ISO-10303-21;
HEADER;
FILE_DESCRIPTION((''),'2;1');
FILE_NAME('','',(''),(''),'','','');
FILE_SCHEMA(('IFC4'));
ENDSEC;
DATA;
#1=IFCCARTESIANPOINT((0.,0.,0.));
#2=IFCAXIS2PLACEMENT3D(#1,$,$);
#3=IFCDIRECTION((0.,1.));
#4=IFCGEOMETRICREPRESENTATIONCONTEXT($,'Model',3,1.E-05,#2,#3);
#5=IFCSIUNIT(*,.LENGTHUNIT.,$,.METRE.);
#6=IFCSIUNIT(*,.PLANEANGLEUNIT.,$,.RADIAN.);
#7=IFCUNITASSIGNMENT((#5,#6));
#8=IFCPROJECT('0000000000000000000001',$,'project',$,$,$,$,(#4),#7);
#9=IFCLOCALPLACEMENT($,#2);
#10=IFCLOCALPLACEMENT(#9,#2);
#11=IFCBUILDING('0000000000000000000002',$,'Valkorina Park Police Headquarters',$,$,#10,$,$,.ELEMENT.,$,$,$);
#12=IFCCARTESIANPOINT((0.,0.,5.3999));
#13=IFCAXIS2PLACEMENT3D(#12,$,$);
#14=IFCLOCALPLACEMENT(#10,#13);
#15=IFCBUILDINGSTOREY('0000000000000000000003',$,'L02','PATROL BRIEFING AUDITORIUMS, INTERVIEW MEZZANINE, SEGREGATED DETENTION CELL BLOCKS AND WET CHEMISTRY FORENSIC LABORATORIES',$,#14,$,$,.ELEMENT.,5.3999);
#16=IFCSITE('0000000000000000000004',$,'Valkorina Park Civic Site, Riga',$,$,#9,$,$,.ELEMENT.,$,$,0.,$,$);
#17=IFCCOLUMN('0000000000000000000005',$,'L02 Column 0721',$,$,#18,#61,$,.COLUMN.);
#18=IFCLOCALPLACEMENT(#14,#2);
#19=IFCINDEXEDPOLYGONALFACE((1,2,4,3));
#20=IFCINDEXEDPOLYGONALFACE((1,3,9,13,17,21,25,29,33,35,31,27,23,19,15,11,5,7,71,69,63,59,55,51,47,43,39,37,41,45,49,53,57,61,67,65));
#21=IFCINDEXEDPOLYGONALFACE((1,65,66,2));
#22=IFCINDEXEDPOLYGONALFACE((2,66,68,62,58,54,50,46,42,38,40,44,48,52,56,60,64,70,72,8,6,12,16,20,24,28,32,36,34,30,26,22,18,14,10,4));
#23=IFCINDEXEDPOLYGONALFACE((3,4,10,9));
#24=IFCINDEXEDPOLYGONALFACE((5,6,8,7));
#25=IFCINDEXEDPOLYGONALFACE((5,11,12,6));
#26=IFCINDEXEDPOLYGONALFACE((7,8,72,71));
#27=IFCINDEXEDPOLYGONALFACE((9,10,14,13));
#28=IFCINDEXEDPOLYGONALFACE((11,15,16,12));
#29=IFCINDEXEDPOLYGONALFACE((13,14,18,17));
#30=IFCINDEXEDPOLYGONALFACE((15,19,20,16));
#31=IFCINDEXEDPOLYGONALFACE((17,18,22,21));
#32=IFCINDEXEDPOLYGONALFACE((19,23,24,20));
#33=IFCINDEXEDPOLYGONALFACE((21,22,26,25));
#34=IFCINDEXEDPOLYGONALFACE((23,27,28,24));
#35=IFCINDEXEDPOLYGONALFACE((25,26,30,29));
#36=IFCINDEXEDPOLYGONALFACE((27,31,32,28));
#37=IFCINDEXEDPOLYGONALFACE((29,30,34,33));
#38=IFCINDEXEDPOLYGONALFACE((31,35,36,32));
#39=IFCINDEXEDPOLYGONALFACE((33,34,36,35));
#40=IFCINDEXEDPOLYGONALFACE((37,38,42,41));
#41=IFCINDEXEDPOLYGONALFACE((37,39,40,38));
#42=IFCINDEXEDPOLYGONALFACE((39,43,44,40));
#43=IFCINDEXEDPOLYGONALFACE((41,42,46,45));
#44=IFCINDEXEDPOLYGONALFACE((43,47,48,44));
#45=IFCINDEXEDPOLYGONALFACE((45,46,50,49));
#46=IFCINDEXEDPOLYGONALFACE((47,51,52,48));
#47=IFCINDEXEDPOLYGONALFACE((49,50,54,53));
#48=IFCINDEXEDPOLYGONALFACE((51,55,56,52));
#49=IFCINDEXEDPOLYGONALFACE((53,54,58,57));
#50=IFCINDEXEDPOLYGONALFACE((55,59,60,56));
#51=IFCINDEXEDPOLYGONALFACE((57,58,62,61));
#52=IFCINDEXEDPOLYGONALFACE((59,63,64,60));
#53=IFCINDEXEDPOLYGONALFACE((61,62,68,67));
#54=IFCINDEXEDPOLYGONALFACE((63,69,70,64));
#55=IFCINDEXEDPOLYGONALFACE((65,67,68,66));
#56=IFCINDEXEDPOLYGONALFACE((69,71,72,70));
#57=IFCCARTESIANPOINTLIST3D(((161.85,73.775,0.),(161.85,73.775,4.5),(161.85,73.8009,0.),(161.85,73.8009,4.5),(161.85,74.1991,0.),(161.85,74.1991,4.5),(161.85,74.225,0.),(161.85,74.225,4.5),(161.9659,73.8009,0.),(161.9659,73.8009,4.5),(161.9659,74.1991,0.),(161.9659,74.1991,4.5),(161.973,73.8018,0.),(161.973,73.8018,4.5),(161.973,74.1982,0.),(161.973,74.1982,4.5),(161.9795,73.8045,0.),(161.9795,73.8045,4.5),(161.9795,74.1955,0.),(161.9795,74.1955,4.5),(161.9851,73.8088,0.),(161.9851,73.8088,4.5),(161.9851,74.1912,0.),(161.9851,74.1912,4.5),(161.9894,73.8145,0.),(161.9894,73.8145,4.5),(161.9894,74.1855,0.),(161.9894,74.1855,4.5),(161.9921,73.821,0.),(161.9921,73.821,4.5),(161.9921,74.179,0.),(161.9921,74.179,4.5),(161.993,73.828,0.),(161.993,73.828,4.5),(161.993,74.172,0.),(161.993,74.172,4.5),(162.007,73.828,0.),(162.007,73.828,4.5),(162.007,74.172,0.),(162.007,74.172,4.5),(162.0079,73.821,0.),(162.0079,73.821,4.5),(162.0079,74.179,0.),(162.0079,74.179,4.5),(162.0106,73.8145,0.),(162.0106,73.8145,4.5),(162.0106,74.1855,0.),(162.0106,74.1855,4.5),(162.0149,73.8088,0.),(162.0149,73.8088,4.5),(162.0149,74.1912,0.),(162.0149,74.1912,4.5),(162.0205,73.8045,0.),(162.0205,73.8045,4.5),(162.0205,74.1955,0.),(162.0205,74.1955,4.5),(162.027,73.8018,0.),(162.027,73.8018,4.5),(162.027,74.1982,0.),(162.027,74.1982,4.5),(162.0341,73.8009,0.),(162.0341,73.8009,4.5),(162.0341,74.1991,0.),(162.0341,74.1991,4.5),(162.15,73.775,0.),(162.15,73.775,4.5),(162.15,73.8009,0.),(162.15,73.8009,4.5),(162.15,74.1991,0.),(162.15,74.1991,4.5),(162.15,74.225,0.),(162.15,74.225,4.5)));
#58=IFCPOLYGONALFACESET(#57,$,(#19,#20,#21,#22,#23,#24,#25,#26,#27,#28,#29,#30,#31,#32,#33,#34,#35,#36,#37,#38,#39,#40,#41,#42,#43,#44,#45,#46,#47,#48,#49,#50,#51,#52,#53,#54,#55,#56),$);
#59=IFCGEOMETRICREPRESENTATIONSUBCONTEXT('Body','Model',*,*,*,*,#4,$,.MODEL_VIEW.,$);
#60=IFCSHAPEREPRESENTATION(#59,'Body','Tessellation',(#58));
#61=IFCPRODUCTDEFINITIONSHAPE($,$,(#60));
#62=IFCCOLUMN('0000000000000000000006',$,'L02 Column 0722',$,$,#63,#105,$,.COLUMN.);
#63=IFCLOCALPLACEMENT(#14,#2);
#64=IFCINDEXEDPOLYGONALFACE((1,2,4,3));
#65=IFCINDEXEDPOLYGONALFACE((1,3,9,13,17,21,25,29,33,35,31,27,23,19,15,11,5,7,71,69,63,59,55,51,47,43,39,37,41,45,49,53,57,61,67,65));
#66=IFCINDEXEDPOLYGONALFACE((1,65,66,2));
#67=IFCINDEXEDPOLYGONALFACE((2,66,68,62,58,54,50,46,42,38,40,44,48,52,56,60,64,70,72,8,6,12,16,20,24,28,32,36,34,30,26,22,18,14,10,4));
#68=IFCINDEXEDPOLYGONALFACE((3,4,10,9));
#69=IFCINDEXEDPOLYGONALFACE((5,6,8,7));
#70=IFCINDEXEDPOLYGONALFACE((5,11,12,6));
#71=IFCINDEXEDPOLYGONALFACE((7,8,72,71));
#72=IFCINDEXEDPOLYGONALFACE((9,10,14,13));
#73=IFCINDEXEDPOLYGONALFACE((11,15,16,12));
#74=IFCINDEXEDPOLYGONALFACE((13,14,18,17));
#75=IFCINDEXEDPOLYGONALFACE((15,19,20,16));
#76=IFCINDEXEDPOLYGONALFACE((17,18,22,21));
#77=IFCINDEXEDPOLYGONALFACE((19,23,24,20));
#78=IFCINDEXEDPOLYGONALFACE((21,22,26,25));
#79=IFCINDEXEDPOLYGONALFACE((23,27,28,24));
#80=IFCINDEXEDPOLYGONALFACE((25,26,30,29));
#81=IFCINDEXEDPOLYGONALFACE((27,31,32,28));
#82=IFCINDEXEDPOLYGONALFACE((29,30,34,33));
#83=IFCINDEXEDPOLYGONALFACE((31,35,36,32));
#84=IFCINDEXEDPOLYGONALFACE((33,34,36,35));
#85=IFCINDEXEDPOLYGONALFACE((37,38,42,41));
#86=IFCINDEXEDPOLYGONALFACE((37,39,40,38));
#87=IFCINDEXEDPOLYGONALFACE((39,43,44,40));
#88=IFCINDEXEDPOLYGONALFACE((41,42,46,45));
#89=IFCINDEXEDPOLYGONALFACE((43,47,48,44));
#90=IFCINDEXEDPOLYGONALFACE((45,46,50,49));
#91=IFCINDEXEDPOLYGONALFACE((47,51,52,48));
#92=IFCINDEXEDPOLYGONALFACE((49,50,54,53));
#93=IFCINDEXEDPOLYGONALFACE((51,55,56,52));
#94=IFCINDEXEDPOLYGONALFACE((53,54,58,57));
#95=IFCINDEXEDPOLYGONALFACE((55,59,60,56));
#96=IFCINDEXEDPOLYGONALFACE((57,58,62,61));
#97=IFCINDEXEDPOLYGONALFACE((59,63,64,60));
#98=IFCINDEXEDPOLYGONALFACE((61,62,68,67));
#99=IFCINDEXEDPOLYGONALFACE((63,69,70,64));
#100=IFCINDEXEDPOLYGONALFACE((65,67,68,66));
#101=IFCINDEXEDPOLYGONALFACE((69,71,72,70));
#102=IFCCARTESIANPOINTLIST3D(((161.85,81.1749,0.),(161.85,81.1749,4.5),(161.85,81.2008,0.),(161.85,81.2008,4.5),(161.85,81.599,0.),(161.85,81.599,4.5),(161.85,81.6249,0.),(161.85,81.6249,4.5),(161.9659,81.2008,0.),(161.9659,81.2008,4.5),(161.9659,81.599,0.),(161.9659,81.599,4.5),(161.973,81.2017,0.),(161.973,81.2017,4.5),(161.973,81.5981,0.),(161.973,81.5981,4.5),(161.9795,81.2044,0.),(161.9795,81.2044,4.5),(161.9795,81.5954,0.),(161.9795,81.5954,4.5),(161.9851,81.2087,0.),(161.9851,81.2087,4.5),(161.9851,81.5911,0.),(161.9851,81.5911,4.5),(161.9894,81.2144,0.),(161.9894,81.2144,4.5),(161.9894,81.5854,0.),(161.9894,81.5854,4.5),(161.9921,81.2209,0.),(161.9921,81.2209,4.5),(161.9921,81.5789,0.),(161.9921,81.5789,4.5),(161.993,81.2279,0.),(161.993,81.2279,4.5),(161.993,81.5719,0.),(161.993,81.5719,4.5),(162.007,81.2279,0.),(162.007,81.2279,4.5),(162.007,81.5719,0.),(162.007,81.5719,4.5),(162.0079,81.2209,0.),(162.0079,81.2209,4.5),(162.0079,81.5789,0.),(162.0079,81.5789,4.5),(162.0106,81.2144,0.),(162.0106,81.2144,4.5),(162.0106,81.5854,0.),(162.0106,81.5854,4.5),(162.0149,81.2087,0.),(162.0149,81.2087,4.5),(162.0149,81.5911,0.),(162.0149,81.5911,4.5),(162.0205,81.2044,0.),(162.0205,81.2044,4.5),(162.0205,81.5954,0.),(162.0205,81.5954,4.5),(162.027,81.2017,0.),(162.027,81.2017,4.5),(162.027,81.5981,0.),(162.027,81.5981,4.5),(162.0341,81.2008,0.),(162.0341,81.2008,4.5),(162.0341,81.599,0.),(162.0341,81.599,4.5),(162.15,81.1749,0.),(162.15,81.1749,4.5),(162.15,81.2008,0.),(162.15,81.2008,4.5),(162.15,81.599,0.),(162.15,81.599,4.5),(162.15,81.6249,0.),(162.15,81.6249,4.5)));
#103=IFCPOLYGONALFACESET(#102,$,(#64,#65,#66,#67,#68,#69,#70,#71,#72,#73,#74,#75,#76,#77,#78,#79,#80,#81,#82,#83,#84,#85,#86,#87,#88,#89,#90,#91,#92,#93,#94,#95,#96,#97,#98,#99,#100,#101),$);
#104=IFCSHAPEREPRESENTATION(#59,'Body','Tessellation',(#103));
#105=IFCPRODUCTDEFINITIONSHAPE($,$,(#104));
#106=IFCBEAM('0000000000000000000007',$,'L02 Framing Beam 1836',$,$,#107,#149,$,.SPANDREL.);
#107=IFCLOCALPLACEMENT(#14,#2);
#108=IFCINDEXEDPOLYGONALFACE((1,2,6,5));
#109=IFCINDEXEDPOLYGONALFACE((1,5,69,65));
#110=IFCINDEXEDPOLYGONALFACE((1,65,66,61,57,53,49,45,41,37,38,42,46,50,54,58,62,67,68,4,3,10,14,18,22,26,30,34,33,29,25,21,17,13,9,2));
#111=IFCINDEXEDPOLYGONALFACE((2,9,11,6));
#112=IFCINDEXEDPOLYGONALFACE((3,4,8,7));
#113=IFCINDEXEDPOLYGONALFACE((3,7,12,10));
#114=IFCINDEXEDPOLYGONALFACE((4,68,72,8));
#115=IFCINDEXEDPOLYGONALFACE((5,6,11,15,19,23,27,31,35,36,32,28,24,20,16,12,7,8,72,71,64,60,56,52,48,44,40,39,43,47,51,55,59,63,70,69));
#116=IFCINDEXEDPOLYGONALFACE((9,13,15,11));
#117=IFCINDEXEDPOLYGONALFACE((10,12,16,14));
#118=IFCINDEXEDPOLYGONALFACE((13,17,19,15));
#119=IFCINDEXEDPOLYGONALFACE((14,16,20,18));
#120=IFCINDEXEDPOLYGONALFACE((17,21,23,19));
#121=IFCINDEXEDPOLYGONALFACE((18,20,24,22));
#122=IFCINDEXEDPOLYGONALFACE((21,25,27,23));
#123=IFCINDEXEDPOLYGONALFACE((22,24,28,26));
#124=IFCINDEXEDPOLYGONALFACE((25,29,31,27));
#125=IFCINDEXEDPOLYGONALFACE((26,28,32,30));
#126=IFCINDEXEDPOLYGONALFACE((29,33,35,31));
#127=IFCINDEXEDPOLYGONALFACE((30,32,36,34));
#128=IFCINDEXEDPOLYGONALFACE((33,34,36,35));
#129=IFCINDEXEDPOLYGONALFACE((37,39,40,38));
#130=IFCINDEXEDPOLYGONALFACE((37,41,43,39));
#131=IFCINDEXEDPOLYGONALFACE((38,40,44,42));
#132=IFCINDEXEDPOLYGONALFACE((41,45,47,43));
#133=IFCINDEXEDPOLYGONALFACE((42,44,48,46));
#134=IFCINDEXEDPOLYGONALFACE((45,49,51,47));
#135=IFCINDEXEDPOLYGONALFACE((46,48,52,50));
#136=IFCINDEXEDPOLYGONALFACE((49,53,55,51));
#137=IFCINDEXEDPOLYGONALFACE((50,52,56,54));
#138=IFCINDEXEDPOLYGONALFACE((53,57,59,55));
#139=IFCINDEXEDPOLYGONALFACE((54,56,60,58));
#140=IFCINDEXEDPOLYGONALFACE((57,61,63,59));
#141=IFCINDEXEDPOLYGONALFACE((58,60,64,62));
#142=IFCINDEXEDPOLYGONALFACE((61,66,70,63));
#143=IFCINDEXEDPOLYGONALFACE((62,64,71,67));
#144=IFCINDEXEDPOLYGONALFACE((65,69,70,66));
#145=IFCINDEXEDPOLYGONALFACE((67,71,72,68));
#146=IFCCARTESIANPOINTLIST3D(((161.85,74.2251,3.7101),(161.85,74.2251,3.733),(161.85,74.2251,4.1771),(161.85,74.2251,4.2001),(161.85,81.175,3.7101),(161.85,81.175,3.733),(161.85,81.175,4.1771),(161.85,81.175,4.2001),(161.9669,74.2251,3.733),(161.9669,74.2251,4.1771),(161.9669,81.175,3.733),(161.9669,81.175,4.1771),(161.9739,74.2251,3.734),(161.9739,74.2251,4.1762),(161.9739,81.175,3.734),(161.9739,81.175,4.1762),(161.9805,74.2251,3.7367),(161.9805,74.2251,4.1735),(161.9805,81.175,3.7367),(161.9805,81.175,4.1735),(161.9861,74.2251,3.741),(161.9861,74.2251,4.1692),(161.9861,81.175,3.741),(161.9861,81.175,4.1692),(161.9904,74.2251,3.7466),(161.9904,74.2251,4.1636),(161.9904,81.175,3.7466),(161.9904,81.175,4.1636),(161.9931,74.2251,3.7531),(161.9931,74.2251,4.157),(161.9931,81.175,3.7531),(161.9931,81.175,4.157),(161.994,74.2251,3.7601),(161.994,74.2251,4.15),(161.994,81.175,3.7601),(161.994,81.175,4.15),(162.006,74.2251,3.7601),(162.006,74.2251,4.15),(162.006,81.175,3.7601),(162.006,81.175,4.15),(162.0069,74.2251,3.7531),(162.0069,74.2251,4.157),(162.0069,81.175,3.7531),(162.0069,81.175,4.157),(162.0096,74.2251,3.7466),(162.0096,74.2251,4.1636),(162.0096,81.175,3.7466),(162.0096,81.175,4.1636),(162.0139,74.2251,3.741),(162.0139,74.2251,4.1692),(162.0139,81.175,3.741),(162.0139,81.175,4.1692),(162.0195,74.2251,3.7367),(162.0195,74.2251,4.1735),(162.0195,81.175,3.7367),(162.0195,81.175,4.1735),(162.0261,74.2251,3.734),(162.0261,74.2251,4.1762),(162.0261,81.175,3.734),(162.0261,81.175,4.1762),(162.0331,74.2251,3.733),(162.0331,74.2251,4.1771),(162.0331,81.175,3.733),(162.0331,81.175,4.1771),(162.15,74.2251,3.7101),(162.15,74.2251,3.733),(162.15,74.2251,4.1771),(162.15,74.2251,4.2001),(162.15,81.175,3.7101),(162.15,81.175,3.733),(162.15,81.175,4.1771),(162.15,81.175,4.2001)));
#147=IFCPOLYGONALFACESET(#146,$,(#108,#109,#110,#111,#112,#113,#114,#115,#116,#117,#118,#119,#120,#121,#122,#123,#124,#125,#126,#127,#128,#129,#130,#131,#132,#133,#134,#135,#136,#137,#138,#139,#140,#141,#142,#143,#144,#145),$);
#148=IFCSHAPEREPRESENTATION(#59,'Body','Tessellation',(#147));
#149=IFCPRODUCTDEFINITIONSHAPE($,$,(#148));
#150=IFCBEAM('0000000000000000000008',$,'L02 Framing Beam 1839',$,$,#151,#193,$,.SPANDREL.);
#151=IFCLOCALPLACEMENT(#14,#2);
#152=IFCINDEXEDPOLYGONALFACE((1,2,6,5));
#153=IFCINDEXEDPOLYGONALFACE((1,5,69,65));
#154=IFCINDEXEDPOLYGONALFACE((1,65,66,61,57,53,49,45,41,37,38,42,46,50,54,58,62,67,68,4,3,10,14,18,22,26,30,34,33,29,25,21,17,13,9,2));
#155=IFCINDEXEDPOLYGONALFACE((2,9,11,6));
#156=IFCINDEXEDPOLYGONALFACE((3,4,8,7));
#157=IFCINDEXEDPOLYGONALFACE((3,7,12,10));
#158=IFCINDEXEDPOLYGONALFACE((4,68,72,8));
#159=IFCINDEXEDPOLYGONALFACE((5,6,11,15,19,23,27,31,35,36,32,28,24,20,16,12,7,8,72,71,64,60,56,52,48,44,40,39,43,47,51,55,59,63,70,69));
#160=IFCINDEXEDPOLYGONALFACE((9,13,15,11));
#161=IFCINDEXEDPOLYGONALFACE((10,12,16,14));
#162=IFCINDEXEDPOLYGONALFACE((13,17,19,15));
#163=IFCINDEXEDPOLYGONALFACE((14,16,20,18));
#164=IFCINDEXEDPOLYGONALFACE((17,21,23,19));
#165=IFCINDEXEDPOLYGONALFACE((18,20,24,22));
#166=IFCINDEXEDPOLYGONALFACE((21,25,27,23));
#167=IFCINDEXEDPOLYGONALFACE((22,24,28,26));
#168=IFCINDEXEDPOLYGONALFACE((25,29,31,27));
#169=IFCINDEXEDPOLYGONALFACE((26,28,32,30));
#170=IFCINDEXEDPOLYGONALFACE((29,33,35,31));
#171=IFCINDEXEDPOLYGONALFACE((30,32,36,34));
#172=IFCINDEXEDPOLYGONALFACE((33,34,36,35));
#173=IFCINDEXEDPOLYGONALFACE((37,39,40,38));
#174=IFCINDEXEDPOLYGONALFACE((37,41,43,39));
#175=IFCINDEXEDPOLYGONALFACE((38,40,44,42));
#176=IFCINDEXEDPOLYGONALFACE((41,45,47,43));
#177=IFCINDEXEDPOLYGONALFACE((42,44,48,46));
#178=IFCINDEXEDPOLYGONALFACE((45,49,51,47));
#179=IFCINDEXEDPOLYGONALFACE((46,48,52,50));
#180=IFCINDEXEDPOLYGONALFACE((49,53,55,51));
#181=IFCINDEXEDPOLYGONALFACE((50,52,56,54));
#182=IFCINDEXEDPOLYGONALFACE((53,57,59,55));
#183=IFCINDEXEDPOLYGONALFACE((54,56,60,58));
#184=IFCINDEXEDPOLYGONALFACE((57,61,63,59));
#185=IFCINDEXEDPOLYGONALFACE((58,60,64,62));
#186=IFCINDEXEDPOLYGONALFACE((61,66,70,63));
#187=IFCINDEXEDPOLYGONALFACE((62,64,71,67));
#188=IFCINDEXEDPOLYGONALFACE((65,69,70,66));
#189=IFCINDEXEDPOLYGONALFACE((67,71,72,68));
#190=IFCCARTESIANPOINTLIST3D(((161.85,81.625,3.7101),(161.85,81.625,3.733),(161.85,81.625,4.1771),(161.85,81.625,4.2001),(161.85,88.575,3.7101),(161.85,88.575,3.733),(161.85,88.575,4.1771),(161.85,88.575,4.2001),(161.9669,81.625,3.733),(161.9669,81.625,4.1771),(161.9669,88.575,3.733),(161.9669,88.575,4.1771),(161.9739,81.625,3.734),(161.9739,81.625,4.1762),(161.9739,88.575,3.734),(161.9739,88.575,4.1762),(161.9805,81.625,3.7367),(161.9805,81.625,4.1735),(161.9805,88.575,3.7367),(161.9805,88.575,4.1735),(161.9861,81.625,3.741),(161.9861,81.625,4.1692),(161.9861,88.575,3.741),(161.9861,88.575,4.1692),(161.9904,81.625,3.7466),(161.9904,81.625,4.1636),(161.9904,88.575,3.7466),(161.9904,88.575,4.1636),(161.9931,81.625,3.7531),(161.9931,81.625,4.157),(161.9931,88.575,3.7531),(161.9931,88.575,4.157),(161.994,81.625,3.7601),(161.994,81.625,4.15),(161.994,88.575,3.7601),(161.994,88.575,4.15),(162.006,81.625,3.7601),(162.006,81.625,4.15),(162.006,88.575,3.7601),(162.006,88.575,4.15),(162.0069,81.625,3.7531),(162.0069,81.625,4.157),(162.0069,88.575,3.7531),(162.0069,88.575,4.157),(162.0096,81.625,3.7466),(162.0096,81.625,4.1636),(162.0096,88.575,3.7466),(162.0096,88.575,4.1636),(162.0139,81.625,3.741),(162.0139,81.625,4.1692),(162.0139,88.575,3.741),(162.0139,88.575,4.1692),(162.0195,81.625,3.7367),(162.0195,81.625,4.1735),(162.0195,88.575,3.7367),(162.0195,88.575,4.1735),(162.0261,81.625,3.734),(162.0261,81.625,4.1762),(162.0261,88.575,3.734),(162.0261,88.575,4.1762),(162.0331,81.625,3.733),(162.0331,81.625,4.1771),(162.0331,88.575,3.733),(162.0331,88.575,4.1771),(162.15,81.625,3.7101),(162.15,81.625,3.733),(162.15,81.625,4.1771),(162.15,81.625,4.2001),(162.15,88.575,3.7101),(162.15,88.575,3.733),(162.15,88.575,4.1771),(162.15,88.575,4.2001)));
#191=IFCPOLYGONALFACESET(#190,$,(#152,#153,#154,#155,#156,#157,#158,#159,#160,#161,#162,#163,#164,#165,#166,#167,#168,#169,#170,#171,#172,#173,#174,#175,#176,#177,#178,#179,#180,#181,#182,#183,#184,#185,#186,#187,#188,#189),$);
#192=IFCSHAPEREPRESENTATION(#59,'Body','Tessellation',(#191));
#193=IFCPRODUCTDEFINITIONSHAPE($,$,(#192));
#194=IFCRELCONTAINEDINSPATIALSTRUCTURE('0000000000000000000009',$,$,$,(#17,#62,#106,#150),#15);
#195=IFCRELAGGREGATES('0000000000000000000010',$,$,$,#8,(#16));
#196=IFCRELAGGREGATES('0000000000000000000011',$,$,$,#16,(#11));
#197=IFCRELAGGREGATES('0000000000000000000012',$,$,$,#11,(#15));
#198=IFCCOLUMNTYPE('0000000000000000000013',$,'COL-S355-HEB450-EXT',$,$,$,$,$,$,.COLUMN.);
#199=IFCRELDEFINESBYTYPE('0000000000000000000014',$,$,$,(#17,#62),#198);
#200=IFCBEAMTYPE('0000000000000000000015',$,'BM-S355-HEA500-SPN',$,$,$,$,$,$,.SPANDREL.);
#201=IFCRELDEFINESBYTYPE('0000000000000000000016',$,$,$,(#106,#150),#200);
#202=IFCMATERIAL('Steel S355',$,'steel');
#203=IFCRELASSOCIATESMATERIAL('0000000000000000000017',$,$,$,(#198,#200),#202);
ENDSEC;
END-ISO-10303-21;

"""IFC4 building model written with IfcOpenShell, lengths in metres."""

from ifc_helpers import new_model, si_unit, direction, frame, origin, origin_2d, place, context, subcontext, project, spatial, i_section, extrude, material, material_profile, profile_set, type_object, element, save


model = new_model("IFC4")

# Units and contexts
model_context = context("Model", 3, precision=1e-05, world=origin(), true_north=direction((0.0, 1.0)))
body_context = subcontext(model_context, "Body", "Model", "MODEL_VIEW")
ifc_project = project(units=[si_unit("LENGTHUNIT", "METRE"), si_unit("PLANEANGLEUNIT", "RADIAN")], contexts=[model_context])

# Site, building, storey
site_placement = place(None, origin())
site = spatial("IfcSite", under=ifc_project, at=site_placement, Name="Valkorina Park Civic Site, Riga", CompositionType="ELEMENT", RefElevation=0.0)
building_placement = place(site_placement, origin())
building = spatial("IfcBuilding", under=site, at=building_placement, Name="Valkorina Park Police Headquarters", CompositionType="ELEMENT")
storey_placement = place(building_placement, frame((0.0, 0.0, 5.3999)))
storey = spatial("IfcBuildingStorey", under=building, at=storey_placement, Name="L02", Description="PATROL BRIEFING AUDITORIUMS, INTERVIEW MEZZANINE, SEGREGATED DETENTION CELL BLOCKS AND WET CHEMISTRY FORENSIC LABORATORIES", CompositionType="ELEMENT", Elevation=5.3999)

# Columns
ifc_material_1 = material(Name="Steel S355", Category="steel")
ifc_material_profile_1 = material_profile(ifc_material_1, i_section(OverallWidth=0.3, OverallDepth=0.45, WebThickness=0.0139, FlangeThickness=0.0259, FilletRadius=0.0271, at=origin_2d()), Name="HEB 450")
ifc_profile_set_1 = profile_set([ifc_material_profile_1], Name="Steel S355")
column_type = type_object("IfcColumnType", Name="COL-S355-HEB450-EXT", PredefinedType="COLUMN", material=ifc_profile_set_1)
for number, where, z_axis, x_axis, name in (
    (1, (162.0, 74.0, 0.0), (0.0, 0.0, 1.0), (1.0, 0.0, 0.0), "L02 Column 0721"),
    (2, (162.0, 81.3999, 0.0), (0.0, 0.0, 1.0), (1.0, 0.0, 0.0), "L02 Column 0722"),
):
    element("IfcColumn", number, at=place(storey_placement, frame(where, z_axis=z_axis, x_axis=x_axis)), inside=storey, type_object=column_type, Name=name, PredefinedType="COLUMN", context=body_context, shape_type="SweptSolid", body=[
        extrude(i_section(OverallWidth=0.3, OverallDepth=0.45, WebThickness=0.0139, FlangeThickness=0.0259, FilletRadius=0.0271, at=origin_2d()), origin(), (0.0, 0.0, 1.0), 4.5),
    ])

# Beams
ifc_material_profile_2 = material_profile(ifc_material_1, i_section(OverallWidth=0.3, OverallDepth=0.49, WebThickness=0.012, FlangeThickness=0.0229, FilletRadius=0.0271, at=origin_2d()), Name="HEA 500")
ifc_profile_set_2 = profile_set([ifc_material_profile_2], Name="Steel S355")
beam_type = type_object("IfcBeamType", Name="BM-S355-HEA500-SPN", PredefinedType="SPANDREL", material=ifc_profile_set_2)
for number, where, z_axis, x_axis, name in (
    (3, (162.0, 74.2251, 3.9551), (0.0, 1.0, 0.0), (-1.0, 0.0, 0.0), "L02 Framing Beam 1836"),
    (4, (162.0, 81.625, 3.9551), (0.0, 1.0, 0.0), (-1.0, 0.0, 0.0), "L02 Framing Beam 1839"),
):
    element("IfcBeam", number, at=place(storey_placement, frame(where, z_axis=z_axis, x_axis=x_axis)), inside=storey, type_object=beam_type, Name=name, PredefinedType="SPANDREL", context=body_context, shape_type="SweptSolid", body=[
        extrude(i_section(OverallWidth=0.3, OverallDepth=0.49, WebThickness=0.012, FlangeThickness=0.0229, FilletRadius=0.0271, at=origin_2d()), origin(), (0.0, 0.0, 1.0), 6.95),
    ])

save(model, "model.ifc")
